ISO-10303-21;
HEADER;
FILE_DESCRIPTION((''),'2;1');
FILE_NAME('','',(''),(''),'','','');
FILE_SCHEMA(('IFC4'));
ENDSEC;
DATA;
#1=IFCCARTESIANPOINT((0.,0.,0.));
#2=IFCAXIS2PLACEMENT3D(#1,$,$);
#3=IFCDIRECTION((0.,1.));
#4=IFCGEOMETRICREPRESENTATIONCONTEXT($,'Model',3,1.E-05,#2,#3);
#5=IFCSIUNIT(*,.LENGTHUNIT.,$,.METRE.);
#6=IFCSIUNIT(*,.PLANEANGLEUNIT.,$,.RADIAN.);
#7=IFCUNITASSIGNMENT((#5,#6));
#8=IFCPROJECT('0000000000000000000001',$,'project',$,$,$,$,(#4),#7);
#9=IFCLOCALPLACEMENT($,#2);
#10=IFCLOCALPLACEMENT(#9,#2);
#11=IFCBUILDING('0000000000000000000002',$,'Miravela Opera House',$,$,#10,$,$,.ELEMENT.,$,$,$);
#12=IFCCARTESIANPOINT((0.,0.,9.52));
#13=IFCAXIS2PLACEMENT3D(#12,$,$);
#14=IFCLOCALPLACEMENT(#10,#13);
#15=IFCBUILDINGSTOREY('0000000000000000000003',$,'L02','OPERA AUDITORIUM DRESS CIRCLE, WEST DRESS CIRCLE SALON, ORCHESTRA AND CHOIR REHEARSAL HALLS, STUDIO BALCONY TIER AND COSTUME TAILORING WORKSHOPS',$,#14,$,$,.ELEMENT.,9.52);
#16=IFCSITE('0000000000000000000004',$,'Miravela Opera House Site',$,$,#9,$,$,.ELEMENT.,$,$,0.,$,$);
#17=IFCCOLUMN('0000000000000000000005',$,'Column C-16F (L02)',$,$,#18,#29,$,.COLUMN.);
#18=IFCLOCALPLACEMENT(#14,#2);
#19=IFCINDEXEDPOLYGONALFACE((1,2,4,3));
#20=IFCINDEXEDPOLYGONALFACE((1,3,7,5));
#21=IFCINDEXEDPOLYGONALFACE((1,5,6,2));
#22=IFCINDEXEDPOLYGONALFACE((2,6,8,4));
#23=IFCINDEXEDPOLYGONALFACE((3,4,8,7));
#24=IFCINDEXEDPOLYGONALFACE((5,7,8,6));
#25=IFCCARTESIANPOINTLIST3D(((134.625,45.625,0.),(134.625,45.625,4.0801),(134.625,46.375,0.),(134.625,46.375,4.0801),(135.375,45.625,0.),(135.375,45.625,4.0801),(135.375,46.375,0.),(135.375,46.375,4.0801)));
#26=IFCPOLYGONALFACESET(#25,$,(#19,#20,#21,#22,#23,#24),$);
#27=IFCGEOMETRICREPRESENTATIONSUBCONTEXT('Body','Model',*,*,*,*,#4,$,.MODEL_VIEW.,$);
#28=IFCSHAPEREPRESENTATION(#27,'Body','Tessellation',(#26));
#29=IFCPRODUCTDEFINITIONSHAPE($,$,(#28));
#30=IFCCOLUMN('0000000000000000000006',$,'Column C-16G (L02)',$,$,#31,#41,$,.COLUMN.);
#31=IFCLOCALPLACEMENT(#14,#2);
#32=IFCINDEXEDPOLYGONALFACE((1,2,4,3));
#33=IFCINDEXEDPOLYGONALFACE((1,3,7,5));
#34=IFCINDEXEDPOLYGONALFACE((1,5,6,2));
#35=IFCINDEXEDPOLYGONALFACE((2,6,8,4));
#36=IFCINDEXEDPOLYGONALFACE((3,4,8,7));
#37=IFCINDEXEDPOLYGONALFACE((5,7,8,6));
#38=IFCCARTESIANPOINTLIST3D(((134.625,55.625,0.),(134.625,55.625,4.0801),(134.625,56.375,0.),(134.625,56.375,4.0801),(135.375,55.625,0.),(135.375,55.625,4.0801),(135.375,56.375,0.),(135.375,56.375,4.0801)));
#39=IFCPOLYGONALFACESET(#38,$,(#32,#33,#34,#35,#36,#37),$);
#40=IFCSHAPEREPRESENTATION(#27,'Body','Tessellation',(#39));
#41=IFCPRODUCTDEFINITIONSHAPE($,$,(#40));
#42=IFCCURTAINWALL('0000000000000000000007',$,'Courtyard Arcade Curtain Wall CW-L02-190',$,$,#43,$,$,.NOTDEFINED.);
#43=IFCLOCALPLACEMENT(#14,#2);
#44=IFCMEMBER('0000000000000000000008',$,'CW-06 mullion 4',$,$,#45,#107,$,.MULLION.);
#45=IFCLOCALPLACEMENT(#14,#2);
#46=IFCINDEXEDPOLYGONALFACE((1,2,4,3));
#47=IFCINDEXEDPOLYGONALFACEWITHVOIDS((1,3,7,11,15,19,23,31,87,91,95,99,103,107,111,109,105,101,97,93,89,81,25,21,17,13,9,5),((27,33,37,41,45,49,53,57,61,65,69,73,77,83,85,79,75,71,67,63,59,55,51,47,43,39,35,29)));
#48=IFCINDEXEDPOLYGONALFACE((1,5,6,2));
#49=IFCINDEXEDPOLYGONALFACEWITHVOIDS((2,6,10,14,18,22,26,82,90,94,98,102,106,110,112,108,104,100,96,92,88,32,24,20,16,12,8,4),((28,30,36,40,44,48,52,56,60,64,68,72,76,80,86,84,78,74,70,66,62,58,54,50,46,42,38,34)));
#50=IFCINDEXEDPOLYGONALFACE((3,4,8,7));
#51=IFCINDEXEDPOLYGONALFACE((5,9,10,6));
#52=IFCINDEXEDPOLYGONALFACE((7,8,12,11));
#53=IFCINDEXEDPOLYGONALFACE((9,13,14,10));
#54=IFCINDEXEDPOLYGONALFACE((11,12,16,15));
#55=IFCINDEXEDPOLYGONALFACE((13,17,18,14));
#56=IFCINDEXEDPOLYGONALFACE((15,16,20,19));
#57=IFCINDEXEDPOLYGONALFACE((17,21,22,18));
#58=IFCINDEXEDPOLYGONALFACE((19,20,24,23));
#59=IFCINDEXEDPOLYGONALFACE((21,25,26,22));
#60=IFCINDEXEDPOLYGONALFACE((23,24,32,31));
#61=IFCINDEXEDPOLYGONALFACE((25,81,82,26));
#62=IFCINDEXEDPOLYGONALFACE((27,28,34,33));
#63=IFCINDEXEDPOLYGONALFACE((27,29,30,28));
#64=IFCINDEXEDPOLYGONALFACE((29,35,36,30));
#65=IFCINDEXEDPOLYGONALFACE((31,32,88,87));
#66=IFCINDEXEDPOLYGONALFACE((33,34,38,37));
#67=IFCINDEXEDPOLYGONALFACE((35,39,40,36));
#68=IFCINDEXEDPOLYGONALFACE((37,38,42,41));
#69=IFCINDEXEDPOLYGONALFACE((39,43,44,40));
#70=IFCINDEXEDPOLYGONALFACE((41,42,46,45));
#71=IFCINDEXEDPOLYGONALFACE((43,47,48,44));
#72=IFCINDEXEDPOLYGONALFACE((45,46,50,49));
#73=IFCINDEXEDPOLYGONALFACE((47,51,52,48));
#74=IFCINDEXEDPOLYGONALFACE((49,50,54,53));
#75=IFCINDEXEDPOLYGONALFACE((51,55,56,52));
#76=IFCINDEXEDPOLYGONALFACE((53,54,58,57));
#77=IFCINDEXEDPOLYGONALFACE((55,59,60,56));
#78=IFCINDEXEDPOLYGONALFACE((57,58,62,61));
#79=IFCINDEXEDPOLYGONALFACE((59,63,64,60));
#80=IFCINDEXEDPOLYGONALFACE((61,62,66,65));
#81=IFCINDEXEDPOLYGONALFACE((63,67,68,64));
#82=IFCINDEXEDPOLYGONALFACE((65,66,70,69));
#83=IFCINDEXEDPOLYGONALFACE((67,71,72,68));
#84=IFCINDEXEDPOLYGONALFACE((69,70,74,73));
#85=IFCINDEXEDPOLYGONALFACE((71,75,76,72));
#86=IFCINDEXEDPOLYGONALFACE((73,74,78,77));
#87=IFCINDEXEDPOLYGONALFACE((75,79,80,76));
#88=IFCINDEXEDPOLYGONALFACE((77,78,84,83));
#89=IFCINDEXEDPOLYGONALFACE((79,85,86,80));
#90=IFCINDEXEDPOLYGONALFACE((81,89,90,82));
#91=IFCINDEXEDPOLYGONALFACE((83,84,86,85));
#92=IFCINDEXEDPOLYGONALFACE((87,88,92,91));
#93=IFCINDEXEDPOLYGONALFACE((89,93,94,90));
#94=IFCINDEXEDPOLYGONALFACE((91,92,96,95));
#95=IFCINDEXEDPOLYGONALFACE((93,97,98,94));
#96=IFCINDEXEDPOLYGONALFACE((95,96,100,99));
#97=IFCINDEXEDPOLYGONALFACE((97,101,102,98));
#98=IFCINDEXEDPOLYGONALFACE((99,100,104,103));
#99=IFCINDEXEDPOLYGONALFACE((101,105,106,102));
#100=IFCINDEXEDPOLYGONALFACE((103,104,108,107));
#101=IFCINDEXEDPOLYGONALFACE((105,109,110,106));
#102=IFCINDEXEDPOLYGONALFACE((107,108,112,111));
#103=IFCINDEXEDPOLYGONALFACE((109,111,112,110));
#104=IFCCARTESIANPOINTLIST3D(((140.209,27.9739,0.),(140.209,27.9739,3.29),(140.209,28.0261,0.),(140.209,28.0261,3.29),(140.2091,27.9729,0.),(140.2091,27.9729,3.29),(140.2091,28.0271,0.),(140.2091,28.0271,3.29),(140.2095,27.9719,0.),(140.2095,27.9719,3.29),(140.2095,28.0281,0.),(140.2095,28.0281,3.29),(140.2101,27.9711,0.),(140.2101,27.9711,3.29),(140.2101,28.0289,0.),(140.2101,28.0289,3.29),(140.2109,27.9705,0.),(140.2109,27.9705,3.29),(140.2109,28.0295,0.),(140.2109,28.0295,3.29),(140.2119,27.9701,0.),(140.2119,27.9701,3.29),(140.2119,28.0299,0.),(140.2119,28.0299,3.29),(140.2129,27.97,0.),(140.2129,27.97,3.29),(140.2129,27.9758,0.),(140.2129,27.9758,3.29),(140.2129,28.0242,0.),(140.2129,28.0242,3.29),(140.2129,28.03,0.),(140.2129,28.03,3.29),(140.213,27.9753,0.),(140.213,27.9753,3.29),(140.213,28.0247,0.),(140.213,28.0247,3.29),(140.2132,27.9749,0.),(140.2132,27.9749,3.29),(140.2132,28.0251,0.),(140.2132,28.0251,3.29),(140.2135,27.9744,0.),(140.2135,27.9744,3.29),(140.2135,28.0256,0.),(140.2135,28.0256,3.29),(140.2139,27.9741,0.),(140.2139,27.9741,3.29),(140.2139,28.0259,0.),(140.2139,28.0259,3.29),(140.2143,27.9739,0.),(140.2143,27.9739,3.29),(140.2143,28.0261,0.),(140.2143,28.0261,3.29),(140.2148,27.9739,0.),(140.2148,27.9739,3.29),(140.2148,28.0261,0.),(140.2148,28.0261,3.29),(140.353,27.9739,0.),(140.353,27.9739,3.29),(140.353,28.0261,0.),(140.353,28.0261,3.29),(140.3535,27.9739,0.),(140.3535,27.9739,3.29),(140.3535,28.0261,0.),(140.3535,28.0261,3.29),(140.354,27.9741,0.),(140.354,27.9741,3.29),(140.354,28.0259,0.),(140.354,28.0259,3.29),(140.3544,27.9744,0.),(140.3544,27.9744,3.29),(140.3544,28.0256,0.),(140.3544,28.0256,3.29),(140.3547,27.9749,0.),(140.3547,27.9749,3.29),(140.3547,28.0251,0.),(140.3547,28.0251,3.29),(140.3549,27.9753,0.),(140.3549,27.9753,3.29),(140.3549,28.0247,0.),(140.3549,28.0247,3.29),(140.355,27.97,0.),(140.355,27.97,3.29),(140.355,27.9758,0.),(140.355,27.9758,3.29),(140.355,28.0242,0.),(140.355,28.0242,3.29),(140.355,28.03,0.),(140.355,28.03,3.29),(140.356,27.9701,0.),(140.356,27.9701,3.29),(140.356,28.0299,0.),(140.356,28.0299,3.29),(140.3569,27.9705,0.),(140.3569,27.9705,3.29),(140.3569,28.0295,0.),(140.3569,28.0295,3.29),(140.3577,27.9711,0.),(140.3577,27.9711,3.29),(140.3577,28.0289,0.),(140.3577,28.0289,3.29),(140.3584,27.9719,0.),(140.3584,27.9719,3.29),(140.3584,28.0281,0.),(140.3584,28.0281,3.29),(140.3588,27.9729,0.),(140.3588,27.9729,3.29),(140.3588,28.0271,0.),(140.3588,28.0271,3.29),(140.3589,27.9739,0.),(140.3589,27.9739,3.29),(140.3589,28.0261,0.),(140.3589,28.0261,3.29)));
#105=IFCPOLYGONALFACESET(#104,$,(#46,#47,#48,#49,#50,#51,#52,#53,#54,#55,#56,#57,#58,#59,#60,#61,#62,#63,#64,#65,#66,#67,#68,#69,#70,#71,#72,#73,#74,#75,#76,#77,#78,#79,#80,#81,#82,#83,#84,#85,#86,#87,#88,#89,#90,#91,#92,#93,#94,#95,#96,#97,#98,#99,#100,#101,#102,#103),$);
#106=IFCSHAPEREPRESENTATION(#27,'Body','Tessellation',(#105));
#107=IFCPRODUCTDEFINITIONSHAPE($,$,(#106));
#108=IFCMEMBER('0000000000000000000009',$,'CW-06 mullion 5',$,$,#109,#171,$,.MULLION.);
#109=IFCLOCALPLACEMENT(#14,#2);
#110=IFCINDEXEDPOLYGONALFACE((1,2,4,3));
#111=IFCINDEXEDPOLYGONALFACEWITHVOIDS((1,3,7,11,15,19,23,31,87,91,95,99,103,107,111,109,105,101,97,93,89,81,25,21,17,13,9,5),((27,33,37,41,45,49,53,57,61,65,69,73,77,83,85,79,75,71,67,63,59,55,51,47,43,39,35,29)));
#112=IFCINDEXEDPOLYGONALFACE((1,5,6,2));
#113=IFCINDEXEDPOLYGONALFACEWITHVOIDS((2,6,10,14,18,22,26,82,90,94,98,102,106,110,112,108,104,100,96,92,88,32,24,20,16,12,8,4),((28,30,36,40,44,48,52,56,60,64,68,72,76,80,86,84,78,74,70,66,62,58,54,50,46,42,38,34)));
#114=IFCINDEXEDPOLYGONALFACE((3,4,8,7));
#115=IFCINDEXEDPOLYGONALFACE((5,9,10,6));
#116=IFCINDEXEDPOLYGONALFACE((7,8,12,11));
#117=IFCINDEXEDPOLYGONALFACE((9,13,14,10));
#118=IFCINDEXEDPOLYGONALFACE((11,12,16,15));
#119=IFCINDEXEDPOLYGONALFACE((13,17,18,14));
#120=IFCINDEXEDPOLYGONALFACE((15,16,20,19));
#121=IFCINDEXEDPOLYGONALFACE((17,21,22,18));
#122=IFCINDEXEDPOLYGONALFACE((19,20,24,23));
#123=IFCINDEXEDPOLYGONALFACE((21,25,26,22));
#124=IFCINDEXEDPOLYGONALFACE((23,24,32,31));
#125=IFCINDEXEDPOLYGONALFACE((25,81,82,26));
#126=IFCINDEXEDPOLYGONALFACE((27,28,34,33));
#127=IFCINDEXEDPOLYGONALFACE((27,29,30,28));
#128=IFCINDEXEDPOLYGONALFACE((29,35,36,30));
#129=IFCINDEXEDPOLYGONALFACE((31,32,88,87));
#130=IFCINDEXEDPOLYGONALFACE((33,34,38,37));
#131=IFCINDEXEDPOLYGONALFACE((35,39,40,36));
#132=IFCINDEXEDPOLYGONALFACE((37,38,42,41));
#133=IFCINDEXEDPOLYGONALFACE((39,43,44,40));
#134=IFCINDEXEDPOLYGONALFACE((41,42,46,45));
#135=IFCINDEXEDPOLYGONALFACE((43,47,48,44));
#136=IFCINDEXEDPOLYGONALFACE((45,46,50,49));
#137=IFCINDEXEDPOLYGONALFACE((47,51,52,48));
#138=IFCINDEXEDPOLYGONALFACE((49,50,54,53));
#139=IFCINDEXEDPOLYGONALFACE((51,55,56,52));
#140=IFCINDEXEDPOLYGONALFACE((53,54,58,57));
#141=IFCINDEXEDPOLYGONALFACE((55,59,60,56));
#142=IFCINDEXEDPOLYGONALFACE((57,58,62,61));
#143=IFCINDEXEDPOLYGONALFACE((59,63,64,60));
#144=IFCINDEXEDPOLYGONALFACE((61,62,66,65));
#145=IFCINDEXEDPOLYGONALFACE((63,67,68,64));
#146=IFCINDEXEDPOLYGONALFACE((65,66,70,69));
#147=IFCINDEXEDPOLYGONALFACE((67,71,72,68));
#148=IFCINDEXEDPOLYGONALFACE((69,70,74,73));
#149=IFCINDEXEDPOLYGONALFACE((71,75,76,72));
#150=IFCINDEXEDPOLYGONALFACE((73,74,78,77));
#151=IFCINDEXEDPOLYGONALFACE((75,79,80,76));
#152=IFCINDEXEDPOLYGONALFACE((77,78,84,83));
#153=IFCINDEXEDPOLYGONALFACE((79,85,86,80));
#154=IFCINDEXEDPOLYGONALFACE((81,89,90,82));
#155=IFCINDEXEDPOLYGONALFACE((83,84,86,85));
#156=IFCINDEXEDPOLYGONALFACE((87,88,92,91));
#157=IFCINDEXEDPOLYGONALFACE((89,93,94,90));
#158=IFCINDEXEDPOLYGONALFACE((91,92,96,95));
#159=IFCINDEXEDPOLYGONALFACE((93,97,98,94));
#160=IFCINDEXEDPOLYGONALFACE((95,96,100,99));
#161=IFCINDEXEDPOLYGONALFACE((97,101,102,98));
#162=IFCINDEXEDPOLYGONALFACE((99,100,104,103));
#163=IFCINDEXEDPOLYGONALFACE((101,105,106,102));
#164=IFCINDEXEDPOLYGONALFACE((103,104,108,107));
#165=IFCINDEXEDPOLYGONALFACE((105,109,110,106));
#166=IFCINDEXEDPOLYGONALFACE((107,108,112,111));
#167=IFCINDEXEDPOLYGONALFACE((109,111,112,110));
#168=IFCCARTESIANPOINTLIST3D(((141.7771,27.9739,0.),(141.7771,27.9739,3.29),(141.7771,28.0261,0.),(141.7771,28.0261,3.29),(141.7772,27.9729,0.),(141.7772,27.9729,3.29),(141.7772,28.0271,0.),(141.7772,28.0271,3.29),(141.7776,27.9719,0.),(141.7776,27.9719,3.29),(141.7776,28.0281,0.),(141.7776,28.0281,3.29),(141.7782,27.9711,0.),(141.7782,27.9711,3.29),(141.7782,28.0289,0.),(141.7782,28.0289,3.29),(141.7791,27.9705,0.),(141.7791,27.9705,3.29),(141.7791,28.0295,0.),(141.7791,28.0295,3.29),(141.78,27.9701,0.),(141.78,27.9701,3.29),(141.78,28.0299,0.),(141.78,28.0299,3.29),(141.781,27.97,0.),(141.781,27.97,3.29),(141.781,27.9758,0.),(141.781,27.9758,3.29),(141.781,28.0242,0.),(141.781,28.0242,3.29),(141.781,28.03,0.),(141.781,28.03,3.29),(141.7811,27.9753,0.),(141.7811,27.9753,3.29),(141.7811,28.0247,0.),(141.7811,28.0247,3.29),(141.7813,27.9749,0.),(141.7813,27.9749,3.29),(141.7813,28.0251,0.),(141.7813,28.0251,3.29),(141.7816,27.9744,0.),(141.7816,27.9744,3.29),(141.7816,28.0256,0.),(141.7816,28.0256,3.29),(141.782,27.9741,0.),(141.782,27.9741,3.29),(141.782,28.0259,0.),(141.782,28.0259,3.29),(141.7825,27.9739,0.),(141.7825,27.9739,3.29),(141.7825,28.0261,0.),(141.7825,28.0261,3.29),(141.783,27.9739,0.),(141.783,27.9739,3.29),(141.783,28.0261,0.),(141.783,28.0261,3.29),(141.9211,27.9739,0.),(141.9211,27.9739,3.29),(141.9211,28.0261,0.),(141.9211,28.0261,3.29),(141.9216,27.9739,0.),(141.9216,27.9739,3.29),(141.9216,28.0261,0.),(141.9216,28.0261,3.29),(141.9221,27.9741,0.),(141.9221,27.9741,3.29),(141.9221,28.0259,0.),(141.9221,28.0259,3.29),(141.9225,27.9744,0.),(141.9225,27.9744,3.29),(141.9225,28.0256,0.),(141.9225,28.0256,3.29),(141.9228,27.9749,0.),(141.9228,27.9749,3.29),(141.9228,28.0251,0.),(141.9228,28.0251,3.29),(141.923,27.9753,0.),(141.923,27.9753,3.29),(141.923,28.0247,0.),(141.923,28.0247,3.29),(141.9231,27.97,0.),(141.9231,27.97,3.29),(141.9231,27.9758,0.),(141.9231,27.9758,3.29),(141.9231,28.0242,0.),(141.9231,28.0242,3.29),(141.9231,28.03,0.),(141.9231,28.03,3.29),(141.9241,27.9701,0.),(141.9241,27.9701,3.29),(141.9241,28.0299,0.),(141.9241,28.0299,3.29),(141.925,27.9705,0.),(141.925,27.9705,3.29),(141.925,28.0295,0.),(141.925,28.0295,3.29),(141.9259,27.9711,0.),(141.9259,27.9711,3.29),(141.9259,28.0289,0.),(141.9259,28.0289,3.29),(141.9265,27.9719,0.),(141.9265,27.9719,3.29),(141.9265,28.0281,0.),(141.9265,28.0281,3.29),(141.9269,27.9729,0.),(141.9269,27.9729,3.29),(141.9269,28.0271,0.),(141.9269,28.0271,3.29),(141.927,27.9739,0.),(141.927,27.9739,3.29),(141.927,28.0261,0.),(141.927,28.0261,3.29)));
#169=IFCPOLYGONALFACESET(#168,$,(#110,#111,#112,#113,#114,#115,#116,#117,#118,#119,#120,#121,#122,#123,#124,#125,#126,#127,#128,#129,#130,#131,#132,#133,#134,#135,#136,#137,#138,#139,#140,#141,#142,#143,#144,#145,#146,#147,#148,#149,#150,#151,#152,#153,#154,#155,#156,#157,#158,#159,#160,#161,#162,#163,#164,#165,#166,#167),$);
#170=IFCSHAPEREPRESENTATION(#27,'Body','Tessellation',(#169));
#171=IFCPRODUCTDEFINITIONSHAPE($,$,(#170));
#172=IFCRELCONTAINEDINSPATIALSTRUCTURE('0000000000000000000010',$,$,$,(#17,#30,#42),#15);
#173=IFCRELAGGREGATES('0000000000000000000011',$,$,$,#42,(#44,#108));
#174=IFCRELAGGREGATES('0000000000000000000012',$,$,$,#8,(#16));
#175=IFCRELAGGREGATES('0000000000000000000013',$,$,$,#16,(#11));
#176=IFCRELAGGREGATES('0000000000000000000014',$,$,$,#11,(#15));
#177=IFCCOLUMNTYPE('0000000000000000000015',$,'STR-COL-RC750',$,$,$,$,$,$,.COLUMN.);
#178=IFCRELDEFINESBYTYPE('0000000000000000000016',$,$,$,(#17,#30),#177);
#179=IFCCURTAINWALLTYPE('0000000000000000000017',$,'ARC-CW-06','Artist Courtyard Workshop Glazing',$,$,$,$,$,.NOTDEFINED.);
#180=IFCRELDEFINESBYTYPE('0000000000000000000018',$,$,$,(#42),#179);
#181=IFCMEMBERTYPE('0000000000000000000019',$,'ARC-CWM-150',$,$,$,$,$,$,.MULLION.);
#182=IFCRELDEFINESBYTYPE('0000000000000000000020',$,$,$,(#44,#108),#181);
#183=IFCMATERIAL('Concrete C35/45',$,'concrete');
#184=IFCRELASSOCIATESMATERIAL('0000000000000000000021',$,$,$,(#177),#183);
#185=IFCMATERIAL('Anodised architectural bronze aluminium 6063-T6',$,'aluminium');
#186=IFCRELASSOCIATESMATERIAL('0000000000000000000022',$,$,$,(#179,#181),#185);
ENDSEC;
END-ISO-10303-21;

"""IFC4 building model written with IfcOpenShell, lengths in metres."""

from ifc_helpers import new_model, si_unit, direction, frame, origin, origin_2d, place, context, subcontext, project, spatial, rectangle, hollow_rectangle, extrude, material, material_profile, profile_set, type_object, element, aggregate, save


model = new_model("IFC4")

# Units and contexts
model_context = context("Model", 3, precision=1e-05, world=origin(), true_north=direction((0.0, 1.0)))
body_context = subcontext(model_context, "Body", "Model", "MODEL_VIEW")
ifc_project = project(units=[si_unit("LENGTHUNIT", "METRE"), si_unit("PLANEANGLEUNIT", "RADIAN")], contexts=[model_context])

# Site, building, storey
site_placement = place(None, origin())
site = spatial("IfcSite", under=ifc_project, at=site_placement, Name="Miravela Opera House Site", CompositionType="ELEMENT", RefElevation=0.0)
building_placement = place(site_placement, origin())
building = spatial("IfcBuilding", under=site, at=building_placement, Name="Miravela Opera House", CompositionType="ELEMENT")
storey_placement = place(building_placement, frame((0.0, 0.0, 9.52)))
storey = spatial("IfcBuildingStorey", under=building, at=storey_placement, Name="L02", Description="OPERA AUDITORIUM DRESS CIRCLE, WEST DRESS CIRCLE SALON, ORCHESTRA AND CHOIR REHEARSAL HALLS, STUDIO BALCONY TIER AND COSTUME TAILORING WORKSHOPS", CompositionType="ELEMENT", Elevation=9.52)

# Columns
ifc_material_1 = material(Name="Concrete C35/45", Category="concrete")
ifc_material_profile_1 = material_profile(ifc_material_1, rectangle(XDim=0.75, YDim=0.75, at=origin_2d()), Name="RC-COL-750X750")
ifc_profile_set_1 = profile_set([ifc_material_profile_1])
column_type = type_object("IfcColumnType", Name="STR-COL-RC750", PredefinedType="COLUMN", material=ifc_profile_set_1)
for number, where, z_axis, x_axis, name in (
    (1, (135.0, 46.0, 0.0), (0.0, 0.0, 1.0), (1.0, 0.0, 0.0), "Column C-16F (L02)"),
    (2, (135.0, 56.0, 0.0), (0.0, 0.0, 1.0), (1.0, 0.0, 0.0), "Column C-16G (L02)"),
):
    element("IfcColumn", number, at=place(storey_placement, frame(where, z_axis=z_axis, x_axis=x_axis)), inside=storey, type_object=column_type, Name=name, PredefinedType="COLUMN", context=body_context, shape_type="SweptSolid", body=[
        extrude(rectangle(XDim=0.75, YDim=0.75, at=origin_2d()), origin(), (0.0, 0.0, 1.0), 4.0801),
    ])

# Curtain wall, members
ifc_material_2 = material(Name="Anodised architectural bronze aluminium 6063-T6", Category="aluminium")
curtain_wall_type = type_object("IfcCurtainWallType", Name="ARC-CW-06", Description="Artist Courtyard Workshop Glazing", PredefinedType="NOTDEFINED", material=ifc_material_2)
curtain_wall_placement = place(storey_placement, origin())
curtain_wall = element("IfcCurtainWall", 3, at=curtain_wall_placement, inside=storey, type_object=curtain_wall_type, Name="Courtyard Arcade Curtain Wall CW-L02-190", PredefinedType="NOTDEFINED")
ifc_material_profile_2 = material_profile(ifc_material_2, hollow_rectangle(XDim=0.0601, YDim=0.1499, WallThickness=0.0039, InnerFilletRadius=0.002, OuterFilletRadius=0.0039, at=origin_2d()), Name="CWM-60X150")
ifc_profile_set_2 = profile_set([ifc_material_profile_2])
member_type_1 = type_object("IfcMemberType", Name="ARC-CWM-150", PredefinedType="MULLION", material=ifc_profile_set_2)
member_1_placement = place(storey_placement, frame((140.2839, 28.0, 0.0), z_axis=(0.0, 0.0, 1.0), x_axis=(0.0, 1.0, 0.0)))
member_1 = element("IfcMember", 4, at=member_1_placement, type_object=member_type_1, Name="CW-06 mullion 4", PredefinedType="MULLION", context=body_context, shape_type="SweptSolid", body=[
    extrude(hollow_rectangle(XDim=0.0601, YDim=0.1499, WallThickness=0.0039, InnerFilletRadius=0.002, OuterFilletRadius=0.0039, at=origin_2d()), origin(), (0.0, 0.0, 1.0), 3.29),
])
member_2_placement = place(storey_placement, frame((141.8521, 28.0, 0.0), z_axis=(0.0, 0.0, 1.0), x_axis=(0.0, 1.0, 0.0)))
member_2 = element("IfcMember", 5, at=member_2_placement, type_object=member_type_1, Name="CW-06 mullion 5", PredefinedType="MULLION", context=body_context, shape_type="SweptSolid", body=[
    extrude(hollow_rectangle(XDim=0.0601, YDim=0.1499, WallThickness=0.0039, InnerFilletRadius=0.002, OuterFilletRadius=0.0039, at=origin_2d()), origin(), (0.0, 0.0, 1.0), 3.29),
])

aggregate(curtain_wall, [member_1, member_2])

save(model, "model.ifc")
